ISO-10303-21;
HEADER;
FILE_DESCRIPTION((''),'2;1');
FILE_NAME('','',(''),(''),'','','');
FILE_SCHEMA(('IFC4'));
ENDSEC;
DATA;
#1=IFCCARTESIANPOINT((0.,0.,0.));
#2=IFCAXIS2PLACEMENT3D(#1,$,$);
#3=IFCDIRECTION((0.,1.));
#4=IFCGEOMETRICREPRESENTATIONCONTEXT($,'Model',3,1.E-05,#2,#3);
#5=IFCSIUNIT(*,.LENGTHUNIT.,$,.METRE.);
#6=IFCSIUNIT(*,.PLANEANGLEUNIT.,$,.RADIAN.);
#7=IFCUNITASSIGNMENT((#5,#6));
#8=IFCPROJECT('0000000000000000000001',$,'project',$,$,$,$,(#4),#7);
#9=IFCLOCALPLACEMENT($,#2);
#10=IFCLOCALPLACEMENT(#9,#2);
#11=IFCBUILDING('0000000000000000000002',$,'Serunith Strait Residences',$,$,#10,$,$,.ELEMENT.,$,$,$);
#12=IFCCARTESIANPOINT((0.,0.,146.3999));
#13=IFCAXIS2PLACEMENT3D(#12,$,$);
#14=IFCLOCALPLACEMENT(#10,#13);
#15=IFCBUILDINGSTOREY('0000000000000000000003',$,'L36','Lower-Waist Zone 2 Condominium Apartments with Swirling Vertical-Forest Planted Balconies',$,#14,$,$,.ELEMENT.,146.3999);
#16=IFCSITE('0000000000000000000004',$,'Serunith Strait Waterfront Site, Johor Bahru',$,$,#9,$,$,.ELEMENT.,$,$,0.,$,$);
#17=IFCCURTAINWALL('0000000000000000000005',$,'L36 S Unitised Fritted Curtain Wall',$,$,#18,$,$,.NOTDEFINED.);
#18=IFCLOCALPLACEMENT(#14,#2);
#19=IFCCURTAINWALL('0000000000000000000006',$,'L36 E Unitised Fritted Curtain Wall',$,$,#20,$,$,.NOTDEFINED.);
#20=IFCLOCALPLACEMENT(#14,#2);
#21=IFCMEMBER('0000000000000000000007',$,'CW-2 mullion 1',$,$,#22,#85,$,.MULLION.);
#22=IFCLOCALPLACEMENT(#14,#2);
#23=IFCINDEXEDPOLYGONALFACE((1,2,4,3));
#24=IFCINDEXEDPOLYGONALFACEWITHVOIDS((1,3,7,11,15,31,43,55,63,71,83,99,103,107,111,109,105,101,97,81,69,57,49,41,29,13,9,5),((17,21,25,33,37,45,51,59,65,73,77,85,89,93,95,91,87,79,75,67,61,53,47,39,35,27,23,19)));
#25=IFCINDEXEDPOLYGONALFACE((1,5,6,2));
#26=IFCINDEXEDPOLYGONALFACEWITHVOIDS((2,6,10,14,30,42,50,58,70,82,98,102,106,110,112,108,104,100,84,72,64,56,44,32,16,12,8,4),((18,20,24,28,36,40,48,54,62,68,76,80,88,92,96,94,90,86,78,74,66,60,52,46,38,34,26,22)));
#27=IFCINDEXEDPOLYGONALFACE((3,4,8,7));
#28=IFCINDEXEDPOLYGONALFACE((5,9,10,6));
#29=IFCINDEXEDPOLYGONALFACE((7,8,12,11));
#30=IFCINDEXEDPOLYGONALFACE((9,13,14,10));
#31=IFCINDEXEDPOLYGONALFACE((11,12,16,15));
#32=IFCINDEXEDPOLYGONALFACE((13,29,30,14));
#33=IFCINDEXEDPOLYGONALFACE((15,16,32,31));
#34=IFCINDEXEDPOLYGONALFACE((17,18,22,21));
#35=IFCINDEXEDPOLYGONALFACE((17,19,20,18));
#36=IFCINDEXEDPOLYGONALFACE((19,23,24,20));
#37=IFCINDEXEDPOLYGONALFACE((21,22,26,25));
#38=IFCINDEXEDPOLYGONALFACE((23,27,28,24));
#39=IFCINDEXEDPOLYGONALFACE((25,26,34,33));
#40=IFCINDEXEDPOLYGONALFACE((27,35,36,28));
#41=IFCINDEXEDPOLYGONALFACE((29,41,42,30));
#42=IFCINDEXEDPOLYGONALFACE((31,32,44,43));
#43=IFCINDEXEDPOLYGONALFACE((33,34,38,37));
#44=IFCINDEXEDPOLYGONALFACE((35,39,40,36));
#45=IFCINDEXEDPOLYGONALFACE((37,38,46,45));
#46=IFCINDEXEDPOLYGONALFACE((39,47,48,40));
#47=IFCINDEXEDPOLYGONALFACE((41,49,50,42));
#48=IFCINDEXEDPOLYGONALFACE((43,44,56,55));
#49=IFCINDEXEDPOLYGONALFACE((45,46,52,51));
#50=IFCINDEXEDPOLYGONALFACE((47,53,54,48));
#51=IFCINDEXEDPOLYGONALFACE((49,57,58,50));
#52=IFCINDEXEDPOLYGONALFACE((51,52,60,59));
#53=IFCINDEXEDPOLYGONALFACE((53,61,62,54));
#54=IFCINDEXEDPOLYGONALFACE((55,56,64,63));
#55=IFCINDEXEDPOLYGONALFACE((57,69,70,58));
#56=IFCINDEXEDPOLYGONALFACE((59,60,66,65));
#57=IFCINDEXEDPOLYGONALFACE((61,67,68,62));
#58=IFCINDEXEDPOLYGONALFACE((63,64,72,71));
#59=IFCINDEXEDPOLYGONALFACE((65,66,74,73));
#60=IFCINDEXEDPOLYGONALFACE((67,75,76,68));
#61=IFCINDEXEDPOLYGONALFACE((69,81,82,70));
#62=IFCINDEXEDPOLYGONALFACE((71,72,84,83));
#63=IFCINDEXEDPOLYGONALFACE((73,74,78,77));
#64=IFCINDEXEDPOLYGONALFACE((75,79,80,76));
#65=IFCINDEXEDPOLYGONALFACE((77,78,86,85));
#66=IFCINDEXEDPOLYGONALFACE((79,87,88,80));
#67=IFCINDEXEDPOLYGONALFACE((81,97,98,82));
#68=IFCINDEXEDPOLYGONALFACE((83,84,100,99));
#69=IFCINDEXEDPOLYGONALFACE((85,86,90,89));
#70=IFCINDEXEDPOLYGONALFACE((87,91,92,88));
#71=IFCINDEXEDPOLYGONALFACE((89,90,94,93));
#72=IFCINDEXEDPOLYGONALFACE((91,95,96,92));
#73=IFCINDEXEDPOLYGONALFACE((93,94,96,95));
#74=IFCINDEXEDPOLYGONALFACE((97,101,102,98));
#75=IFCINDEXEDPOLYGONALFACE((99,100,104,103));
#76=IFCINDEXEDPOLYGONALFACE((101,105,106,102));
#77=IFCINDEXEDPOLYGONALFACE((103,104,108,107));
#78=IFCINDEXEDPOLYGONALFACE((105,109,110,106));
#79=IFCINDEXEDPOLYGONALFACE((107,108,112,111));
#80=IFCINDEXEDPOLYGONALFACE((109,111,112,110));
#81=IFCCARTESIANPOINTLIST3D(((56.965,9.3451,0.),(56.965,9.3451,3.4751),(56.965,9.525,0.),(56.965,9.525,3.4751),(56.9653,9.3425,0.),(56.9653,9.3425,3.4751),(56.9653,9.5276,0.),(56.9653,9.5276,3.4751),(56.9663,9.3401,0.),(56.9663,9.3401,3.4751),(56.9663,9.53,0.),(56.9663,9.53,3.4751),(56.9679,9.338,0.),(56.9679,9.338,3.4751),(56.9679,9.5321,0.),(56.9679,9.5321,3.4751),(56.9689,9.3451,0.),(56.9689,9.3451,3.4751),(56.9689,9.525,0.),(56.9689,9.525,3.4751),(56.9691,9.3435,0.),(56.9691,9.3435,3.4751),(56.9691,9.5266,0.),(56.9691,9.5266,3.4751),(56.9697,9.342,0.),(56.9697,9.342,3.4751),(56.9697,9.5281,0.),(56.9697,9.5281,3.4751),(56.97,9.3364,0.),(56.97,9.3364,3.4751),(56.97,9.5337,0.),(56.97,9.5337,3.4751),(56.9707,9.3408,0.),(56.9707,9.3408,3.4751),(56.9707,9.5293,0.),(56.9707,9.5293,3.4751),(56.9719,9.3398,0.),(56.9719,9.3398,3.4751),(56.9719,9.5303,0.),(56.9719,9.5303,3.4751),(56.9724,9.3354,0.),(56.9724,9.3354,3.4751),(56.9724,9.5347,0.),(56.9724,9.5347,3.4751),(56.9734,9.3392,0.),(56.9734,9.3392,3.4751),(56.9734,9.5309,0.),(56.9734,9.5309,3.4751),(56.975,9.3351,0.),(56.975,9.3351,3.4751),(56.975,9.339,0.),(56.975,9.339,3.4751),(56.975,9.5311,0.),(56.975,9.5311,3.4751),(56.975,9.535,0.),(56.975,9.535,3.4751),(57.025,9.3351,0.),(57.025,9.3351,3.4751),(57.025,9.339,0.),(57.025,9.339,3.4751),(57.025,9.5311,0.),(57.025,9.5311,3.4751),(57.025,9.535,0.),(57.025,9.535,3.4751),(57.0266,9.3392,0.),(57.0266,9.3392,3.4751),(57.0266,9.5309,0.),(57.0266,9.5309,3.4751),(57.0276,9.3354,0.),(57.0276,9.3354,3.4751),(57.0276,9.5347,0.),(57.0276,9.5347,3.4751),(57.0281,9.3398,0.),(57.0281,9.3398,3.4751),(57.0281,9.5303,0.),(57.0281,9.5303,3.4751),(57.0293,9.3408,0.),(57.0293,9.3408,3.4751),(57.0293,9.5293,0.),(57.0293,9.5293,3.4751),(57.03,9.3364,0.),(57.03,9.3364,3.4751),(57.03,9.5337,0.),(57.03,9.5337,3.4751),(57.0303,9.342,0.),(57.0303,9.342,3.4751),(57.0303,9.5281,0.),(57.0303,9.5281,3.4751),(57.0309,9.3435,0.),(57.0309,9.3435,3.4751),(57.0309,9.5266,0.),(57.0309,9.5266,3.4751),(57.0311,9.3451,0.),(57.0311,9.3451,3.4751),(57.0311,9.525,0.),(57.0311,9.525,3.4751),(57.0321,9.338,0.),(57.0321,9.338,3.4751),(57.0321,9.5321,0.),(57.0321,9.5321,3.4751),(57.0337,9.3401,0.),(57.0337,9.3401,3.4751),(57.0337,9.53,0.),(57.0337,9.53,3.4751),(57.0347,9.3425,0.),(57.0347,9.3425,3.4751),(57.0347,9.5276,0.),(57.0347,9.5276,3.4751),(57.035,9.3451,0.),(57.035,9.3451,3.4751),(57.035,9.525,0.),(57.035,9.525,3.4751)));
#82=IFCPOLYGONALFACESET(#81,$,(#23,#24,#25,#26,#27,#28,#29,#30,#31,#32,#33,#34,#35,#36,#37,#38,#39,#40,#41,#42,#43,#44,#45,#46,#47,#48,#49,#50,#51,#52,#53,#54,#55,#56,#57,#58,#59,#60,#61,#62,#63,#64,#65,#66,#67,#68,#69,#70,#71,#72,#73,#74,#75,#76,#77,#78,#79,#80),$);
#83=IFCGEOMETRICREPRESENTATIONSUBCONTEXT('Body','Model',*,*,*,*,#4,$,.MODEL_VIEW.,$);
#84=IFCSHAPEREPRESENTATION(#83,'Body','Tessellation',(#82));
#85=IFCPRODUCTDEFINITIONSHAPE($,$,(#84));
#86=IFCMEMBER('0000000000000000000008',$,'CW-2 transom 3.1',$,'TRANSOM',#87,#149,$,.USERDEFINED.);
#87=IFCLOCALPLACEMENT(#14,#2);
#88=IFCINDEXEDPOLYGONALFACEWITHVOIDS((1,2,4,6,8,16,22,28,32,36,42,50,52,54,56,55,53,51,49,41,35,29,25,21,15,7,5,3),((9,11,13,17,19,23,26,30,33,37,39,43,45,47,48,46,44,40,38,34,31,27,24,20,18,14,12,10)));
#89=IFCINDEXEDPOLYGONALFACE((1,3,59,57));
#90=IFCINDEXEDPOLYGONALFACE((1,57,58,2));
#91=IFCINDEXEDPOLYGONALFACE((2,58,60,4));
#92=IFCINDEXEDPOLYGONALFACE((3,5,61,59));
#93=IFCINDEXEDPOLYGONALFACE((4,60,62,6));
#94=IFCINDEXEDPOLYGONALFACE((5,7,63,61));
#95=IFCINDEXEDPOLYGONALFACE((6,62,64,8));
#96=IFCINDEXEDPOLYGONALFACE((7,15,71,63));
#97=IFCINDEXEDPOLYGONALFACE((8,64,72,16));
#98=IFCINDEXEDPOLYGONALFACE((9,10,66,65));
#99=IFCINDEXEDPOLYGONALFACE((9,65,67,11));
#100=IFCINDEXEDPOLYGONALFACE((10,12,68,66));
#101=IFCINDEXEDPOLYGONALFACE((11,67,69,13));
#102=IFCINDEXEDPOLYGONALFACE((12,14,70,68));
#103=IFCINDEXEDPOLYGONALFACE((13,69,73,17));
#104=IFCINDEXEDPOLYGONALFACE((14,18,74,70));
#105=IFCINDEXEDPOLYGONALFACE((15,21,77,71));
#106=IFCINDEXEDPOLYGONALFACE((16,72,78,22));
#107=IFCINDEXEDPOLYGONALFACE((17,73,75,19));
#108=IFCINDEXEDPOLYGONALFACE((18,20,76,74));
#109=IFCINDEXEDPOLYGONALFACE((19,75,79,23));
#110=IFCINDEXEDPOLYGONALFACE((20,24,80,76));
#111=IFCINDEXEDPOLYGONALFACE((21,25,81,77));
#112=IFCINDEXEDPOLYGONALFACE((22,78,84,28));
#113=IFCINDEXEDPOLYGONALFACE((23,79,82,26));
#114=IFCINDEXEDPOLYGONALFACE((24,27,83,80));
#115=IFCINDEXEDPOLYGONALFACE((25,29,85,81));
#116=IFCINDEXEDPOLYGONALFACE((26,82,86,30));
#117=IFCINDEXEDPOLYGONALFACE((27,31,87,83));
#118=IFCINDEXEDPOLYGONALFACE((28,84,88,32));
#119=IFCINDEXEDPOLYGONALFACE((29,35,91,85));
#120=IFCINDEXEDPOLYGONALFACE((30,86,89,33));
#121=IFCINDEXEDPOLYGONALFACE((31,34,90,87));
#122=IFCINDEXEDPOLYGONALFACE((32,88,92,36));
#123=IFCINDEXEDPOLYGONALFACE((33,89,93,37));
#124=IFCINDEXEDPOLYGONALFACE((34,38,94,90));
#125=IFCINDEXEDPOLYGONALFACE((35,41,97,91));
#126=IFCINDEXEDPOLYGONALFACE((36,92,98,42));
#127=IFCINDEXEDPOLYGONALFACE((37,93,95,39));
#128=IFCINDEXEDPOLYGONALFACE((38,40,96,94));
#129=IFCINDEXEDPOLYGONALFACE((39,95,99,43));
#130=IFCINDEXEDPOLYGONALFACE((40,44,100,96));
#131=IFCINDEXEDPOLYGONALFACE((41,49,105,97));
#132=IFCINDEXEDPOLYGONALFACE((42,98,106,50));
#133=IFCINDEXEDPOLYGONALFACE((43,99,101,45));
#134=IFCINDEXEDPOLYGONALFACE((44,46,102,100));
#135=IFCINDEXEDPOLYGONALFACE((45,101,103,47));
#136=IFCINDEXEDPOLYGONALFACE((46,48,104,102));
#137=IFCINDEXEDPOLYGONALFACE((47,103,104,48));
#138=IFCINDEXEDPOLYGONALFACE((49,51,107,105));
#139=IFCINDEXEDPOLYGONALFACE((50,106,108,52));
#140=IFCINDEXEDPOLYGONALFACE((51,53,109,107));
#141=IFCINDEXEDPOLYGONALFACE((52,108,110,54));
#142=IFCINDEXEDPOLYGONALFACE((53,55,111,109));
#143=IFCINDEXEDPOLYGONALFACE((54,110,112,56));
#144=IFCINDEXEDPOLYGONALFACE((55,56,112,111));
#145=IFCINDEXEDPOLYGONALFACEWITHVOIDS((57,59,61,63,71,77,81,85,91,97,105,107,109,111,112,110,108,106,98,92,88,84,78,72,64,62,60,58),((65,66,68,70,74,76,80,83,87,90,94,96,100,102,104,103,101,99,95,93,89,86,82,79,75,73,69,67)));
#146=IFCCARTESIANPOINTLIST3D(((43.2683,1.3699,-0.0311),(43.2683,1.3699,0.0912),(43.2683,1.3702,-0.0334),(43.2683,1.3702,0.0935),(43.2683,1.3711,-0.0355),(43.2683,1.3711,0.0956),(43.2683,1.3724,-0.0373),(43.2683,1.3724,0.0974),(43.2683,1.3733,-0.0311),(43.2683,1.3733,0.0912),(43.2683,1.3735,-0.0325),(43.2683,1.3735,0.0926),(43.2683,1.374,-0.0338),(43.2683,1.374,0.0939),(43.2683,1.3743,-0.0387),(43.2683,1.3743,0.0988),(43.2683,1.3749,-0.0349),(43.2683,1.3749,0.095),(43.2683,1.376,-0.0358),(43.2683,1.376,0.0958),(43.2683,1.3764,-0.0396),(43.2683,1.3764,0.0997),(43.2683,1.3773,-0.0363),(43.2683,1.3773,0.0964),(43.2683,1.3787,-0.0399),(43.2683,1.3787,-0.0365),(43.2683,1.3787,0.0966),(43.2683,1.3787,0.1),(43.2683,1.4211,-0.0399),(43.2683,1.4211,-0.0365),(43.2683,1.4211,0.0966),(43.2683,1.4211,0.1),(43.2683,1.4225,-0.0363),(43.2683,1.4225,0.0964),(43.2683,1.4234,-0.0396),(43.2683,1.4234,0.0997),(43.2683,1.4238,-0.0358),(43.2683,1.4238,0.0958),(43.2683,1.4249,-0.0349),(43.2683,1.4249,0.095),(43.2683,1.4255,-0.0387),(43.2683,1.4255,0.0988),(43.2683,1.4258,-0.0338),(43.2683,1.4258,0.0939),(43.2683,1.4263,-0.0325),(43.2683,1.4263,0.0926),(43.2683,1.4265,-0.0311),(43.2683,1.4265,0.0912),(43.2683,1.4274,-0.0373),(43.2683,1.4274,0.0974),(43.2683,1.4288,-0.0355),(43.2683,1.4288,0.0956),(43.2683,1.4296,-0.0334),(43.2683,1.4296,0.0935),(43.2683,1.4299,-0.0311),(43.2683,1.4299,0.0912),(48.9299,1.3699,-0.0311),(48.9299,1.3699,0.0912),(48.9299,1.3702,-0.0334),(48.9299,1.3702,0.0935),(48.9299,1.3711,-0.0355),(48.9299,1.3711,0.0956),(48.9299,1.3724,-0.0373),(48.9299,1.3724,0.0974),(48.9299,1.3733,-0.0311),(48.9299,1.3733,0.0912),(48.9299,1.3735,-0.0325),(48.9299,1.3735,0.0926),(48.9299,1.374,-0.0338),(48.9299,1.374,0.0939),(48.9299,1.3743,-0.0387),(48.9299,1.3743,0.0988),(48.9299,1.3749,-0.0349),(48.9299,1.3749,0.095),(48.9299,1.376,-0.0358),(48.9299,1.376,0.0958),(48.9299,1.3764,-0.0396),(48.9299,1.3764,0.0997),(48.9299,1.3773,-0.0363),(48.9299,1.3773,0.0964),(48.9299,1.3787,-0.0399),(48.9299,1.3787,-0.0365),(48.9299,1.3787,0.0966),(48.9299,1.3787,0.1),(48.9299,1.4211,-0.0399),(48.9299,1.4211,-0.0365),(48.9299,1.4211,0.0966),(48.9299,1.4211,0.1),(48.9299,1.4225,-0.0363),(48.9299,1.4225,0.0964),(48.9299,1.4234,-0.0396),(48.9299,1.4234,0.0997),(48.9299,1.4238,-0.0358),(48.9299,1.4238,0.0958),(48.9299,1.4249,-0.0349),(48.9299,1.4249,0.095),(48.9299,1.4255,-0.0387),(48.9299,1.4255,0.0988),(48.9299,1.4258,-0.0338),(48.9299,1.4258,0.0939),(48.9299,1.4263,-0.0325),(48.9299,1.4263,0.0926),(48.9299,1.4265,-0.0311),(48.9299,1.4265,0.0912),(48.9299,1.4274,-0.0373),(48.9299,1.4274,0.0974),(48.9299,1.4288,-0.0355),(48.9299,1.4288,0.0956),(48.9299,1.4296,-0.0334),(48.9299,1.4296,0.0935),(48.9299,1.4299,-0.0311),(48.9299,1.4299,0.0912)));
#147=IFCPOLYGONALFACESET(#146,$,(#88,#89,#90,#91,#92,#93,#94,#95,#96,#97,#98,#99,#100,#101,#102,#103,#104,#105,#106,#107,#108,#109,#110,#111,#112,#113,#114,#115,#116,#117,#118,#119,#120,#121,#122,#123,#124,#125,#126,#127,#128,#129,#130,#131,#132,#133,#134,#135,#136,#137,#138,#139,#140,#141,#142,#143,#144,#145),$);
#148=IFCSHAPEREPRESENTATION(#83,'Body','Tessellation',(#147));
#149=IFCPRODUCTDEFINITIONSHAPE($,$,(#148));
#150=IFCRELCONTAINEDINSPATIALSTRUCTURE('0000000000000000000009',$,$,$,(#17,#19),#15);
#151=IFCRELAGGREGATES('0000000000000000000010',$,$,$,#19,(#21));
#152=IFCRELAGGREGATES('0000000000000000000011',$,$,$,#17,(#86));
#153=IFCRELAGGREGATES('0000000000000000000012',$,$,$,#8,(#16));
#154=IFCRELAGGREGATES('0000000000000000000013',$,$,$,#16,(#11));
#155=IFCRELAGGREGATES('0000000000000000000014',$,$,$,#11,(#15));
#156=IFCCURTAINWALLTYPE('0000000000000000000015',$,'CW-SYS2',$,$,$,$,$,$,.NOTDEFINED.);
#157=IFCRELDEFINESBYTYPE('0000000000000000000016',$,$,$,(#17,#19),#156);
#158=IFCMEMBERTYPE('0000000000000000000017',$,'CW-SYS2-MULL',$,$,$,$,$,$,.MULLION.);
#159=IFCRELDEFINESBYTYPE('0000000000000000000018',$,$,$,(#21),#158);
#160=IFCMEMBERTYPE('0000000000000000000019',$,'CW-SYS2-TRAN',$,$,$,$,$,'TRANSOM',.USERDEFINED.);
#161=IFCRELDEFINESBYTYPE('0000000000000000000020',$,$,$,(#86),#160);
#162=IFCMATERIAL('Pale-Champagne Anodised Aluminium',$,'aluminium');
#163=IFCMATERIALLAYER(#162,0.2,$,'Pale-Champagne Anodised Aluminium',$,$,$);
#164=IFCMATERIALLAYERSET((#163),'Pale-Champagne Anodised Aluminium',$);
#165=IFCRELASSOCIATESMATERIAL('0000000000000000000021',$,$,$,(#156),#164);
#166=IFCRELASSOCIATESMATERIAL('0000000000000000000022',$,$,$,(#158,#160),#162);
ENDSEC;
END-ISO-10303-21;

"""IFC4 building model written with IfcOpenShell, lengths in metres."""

from ifc_helpers import new_model, si_unit, direction, frame, origin, origin_2d, place, context, subcontext, project, spatial, hollow_rectangle, extrude, source, transform, mapped, material, layer, layer_set, material_profile, profile_set, type_object, element, aggregate, save


model = new_model("IFC4")

# Units and contexts
model_context = context("Model", 3, precision=1e-05, world=origin(), true_north=direction((0.0, 1.0)))
body_context = subcontext(model_context, "Body", "Model", "MODEL_VIEW")
ifc_project = project(units=[si_unit("LENGTHUNIT", "METRE"), si_unit("PLANEANGLEUNIT", "RADIAN")], contexts=[model_context])

# Site, building, storey
site_placement = place(None, origin())
site = spatial("IfcSite", under=ifc_project, at=site_placement, Name="Serunith Strait Waterfront Site, Johor Bahru", CompositionType="ELEMENT", RefElevation=0.0)
building_placement = place(site_placement, origin())
building = spatial("IfcBuilding", under=site, at=building_placement, Name="Serunith Strait Residences", CompositionType="ELEMENT")
storey_placement = place(building_placement, frame((0.0, 0.0, 146.3999)))
storey = spatial("IfcBuildingStorey", under=building, at=storey_placement, Name="L36", Description="Lower-Waist Zone 2 Condominium Apartments with Swirling Vertical-Forest Planted Balconies", CompositionType="ELEMENT", Elevation=146.3999)

# Curtain wall
ifc_material_1 = material(Name="Pale-Champagne Anodised Aluminium", Category="aluminium")
ifc_layer_1 = layer(ifc_material_1, 0.2, Name="Pale-Champagne Anodised Aluminium")
ifc_layer_set_1 = layer_set([ifc_layer_1], Name="Pale-Champagne Anodised Aluminium")
curtain_wall_type = type_object("IfcCurtainWallType", Name="CW-SYS2", PredefinedType="NOTDEFINED", material=ifc_layer_set_1)
curtain_wall_1_placement = place(storey_placement, origin())
curtain_wall_1 = element("IfcCurtainWall", 1, at=curtain_wall_1_placement, inside=storey, type_object=curtain_wall_type, Name="L36 S Unitised Fritted Curtain Wall", PredefinedType="NOTDEFINED")
ifc_material_profile_1 = material_profile(ifc_material_1, hollow_rectangle(XDim=0.0701, YDim=0.2, WallThickness=0.0039, InnerFilletRadius=0.0061, OuterFilletRadius=0.01, at=origin_2d()), Name="ALU 200x70x4")
ifc_profile_set_1 = profile_set([ifc_material_profile_1], Name="Pale-Champagne Anodised Aluminium")
member_type_1 = type_object("IfcMemberType", Name="CW-SYS2-MULL", PredefinedType="MULLION", material=ifc_profile_set_1)
shared_shape_1 = source(origin(), body_context, "Body", "SweptSolid", [
    extrude(hollow_rectangle(XDim=0.0701, YDim=0.2, WallThickness=0.0039, InnerFilletRadius=0.0061, OuterFilletRadius=0.01, at=origin_2d()), origin(), (0.0, 0.0, 1.0), 3.4751),
])

# Curtain wall, member
curtain_wall_2_placement = place(storey_placement, origin())
curtain_wall_2 = element("IfcCurtainWall", 2, at=curtain_wall_2_placement, inside=storey, type_object=curtain_wall_type, Name="L36 E Unitised Fritted Curtain Wall", PredefinedType="NOTDEFINED")
member_1_placement = place(storey_placement, frame((57.0, 9.4351, 0.0), z_axis=(0.0, 0.0, 1.0), x_axis=(-1.0, 0.0, 0.0)))
member_1 = element("IfcMember", 3, at=member_1_placement, type_object=member_type_1, Name="CW-2 mullion 1", PredefinedType="MULLION", context=body_context, shape_type="MappedRepresentation", body=[
    mapped(shared_shape_1, transform((0.0, 0.0, 0.0), scale=1.0)),
])

# Member
ifc_material_profile_2 = material_profile(ifc_material_1, hollow_rectangle(XDim=0.0601, YDim=0.1399, WallThickness=0.0034, InnerFilletRadius=0.0054, OuterFilletRadius=0.0088, at=origin_2d()), Name="ALU 140x60x3.5")
ifc_profile_set_2 = profile_set([ifc_material_profile_2], Name="Pale-Champagne Anodised Aluminium")
member_type_2 = type_object("IfcMemberType", Name="CW-SYS2-TRAN", ElementType="TRANSOM", PredefinedType="USERDEFINED", material=ifc_profile_set_2)
shared_shape_2 = source(origin(), body_context, "Body", "SweptSolid", [
    extrude(hollow_rectangle(XDim=0.0601, YDim=0.1399, WallThickness=0.0034, InnerFilletRadius=0.0054, OuterFilletRadius=0.0088, at=origin_2d()), origin(), (0.0, 0.0, 1.0), 5.6616),
])
member_2_placement = place(storey_placement, frame((43.2683, 1.3999, 0.03), z_axis=(1.0, 0.0, 0.0), x_axis=(0.0, 1.0, 0.0)))
member_2 = element("IfcMember", 4, at=member_2_placement, type_object=member_type_2, Name="CW-2 transom 3.1", ObjectType="TRANSOM", PredefinedType="USERDEFINED", context=body_context, shape_type="MappedRepresentation", body=[
    mapped(shared_shape_2, transform((0.0, 0.0, 0.0), scale=1.0)),
])
aggregate(curtain_wall_2, [member_1])

aggregate(curtain_wall_1, [member_2])

save(model, "model.ifc")
